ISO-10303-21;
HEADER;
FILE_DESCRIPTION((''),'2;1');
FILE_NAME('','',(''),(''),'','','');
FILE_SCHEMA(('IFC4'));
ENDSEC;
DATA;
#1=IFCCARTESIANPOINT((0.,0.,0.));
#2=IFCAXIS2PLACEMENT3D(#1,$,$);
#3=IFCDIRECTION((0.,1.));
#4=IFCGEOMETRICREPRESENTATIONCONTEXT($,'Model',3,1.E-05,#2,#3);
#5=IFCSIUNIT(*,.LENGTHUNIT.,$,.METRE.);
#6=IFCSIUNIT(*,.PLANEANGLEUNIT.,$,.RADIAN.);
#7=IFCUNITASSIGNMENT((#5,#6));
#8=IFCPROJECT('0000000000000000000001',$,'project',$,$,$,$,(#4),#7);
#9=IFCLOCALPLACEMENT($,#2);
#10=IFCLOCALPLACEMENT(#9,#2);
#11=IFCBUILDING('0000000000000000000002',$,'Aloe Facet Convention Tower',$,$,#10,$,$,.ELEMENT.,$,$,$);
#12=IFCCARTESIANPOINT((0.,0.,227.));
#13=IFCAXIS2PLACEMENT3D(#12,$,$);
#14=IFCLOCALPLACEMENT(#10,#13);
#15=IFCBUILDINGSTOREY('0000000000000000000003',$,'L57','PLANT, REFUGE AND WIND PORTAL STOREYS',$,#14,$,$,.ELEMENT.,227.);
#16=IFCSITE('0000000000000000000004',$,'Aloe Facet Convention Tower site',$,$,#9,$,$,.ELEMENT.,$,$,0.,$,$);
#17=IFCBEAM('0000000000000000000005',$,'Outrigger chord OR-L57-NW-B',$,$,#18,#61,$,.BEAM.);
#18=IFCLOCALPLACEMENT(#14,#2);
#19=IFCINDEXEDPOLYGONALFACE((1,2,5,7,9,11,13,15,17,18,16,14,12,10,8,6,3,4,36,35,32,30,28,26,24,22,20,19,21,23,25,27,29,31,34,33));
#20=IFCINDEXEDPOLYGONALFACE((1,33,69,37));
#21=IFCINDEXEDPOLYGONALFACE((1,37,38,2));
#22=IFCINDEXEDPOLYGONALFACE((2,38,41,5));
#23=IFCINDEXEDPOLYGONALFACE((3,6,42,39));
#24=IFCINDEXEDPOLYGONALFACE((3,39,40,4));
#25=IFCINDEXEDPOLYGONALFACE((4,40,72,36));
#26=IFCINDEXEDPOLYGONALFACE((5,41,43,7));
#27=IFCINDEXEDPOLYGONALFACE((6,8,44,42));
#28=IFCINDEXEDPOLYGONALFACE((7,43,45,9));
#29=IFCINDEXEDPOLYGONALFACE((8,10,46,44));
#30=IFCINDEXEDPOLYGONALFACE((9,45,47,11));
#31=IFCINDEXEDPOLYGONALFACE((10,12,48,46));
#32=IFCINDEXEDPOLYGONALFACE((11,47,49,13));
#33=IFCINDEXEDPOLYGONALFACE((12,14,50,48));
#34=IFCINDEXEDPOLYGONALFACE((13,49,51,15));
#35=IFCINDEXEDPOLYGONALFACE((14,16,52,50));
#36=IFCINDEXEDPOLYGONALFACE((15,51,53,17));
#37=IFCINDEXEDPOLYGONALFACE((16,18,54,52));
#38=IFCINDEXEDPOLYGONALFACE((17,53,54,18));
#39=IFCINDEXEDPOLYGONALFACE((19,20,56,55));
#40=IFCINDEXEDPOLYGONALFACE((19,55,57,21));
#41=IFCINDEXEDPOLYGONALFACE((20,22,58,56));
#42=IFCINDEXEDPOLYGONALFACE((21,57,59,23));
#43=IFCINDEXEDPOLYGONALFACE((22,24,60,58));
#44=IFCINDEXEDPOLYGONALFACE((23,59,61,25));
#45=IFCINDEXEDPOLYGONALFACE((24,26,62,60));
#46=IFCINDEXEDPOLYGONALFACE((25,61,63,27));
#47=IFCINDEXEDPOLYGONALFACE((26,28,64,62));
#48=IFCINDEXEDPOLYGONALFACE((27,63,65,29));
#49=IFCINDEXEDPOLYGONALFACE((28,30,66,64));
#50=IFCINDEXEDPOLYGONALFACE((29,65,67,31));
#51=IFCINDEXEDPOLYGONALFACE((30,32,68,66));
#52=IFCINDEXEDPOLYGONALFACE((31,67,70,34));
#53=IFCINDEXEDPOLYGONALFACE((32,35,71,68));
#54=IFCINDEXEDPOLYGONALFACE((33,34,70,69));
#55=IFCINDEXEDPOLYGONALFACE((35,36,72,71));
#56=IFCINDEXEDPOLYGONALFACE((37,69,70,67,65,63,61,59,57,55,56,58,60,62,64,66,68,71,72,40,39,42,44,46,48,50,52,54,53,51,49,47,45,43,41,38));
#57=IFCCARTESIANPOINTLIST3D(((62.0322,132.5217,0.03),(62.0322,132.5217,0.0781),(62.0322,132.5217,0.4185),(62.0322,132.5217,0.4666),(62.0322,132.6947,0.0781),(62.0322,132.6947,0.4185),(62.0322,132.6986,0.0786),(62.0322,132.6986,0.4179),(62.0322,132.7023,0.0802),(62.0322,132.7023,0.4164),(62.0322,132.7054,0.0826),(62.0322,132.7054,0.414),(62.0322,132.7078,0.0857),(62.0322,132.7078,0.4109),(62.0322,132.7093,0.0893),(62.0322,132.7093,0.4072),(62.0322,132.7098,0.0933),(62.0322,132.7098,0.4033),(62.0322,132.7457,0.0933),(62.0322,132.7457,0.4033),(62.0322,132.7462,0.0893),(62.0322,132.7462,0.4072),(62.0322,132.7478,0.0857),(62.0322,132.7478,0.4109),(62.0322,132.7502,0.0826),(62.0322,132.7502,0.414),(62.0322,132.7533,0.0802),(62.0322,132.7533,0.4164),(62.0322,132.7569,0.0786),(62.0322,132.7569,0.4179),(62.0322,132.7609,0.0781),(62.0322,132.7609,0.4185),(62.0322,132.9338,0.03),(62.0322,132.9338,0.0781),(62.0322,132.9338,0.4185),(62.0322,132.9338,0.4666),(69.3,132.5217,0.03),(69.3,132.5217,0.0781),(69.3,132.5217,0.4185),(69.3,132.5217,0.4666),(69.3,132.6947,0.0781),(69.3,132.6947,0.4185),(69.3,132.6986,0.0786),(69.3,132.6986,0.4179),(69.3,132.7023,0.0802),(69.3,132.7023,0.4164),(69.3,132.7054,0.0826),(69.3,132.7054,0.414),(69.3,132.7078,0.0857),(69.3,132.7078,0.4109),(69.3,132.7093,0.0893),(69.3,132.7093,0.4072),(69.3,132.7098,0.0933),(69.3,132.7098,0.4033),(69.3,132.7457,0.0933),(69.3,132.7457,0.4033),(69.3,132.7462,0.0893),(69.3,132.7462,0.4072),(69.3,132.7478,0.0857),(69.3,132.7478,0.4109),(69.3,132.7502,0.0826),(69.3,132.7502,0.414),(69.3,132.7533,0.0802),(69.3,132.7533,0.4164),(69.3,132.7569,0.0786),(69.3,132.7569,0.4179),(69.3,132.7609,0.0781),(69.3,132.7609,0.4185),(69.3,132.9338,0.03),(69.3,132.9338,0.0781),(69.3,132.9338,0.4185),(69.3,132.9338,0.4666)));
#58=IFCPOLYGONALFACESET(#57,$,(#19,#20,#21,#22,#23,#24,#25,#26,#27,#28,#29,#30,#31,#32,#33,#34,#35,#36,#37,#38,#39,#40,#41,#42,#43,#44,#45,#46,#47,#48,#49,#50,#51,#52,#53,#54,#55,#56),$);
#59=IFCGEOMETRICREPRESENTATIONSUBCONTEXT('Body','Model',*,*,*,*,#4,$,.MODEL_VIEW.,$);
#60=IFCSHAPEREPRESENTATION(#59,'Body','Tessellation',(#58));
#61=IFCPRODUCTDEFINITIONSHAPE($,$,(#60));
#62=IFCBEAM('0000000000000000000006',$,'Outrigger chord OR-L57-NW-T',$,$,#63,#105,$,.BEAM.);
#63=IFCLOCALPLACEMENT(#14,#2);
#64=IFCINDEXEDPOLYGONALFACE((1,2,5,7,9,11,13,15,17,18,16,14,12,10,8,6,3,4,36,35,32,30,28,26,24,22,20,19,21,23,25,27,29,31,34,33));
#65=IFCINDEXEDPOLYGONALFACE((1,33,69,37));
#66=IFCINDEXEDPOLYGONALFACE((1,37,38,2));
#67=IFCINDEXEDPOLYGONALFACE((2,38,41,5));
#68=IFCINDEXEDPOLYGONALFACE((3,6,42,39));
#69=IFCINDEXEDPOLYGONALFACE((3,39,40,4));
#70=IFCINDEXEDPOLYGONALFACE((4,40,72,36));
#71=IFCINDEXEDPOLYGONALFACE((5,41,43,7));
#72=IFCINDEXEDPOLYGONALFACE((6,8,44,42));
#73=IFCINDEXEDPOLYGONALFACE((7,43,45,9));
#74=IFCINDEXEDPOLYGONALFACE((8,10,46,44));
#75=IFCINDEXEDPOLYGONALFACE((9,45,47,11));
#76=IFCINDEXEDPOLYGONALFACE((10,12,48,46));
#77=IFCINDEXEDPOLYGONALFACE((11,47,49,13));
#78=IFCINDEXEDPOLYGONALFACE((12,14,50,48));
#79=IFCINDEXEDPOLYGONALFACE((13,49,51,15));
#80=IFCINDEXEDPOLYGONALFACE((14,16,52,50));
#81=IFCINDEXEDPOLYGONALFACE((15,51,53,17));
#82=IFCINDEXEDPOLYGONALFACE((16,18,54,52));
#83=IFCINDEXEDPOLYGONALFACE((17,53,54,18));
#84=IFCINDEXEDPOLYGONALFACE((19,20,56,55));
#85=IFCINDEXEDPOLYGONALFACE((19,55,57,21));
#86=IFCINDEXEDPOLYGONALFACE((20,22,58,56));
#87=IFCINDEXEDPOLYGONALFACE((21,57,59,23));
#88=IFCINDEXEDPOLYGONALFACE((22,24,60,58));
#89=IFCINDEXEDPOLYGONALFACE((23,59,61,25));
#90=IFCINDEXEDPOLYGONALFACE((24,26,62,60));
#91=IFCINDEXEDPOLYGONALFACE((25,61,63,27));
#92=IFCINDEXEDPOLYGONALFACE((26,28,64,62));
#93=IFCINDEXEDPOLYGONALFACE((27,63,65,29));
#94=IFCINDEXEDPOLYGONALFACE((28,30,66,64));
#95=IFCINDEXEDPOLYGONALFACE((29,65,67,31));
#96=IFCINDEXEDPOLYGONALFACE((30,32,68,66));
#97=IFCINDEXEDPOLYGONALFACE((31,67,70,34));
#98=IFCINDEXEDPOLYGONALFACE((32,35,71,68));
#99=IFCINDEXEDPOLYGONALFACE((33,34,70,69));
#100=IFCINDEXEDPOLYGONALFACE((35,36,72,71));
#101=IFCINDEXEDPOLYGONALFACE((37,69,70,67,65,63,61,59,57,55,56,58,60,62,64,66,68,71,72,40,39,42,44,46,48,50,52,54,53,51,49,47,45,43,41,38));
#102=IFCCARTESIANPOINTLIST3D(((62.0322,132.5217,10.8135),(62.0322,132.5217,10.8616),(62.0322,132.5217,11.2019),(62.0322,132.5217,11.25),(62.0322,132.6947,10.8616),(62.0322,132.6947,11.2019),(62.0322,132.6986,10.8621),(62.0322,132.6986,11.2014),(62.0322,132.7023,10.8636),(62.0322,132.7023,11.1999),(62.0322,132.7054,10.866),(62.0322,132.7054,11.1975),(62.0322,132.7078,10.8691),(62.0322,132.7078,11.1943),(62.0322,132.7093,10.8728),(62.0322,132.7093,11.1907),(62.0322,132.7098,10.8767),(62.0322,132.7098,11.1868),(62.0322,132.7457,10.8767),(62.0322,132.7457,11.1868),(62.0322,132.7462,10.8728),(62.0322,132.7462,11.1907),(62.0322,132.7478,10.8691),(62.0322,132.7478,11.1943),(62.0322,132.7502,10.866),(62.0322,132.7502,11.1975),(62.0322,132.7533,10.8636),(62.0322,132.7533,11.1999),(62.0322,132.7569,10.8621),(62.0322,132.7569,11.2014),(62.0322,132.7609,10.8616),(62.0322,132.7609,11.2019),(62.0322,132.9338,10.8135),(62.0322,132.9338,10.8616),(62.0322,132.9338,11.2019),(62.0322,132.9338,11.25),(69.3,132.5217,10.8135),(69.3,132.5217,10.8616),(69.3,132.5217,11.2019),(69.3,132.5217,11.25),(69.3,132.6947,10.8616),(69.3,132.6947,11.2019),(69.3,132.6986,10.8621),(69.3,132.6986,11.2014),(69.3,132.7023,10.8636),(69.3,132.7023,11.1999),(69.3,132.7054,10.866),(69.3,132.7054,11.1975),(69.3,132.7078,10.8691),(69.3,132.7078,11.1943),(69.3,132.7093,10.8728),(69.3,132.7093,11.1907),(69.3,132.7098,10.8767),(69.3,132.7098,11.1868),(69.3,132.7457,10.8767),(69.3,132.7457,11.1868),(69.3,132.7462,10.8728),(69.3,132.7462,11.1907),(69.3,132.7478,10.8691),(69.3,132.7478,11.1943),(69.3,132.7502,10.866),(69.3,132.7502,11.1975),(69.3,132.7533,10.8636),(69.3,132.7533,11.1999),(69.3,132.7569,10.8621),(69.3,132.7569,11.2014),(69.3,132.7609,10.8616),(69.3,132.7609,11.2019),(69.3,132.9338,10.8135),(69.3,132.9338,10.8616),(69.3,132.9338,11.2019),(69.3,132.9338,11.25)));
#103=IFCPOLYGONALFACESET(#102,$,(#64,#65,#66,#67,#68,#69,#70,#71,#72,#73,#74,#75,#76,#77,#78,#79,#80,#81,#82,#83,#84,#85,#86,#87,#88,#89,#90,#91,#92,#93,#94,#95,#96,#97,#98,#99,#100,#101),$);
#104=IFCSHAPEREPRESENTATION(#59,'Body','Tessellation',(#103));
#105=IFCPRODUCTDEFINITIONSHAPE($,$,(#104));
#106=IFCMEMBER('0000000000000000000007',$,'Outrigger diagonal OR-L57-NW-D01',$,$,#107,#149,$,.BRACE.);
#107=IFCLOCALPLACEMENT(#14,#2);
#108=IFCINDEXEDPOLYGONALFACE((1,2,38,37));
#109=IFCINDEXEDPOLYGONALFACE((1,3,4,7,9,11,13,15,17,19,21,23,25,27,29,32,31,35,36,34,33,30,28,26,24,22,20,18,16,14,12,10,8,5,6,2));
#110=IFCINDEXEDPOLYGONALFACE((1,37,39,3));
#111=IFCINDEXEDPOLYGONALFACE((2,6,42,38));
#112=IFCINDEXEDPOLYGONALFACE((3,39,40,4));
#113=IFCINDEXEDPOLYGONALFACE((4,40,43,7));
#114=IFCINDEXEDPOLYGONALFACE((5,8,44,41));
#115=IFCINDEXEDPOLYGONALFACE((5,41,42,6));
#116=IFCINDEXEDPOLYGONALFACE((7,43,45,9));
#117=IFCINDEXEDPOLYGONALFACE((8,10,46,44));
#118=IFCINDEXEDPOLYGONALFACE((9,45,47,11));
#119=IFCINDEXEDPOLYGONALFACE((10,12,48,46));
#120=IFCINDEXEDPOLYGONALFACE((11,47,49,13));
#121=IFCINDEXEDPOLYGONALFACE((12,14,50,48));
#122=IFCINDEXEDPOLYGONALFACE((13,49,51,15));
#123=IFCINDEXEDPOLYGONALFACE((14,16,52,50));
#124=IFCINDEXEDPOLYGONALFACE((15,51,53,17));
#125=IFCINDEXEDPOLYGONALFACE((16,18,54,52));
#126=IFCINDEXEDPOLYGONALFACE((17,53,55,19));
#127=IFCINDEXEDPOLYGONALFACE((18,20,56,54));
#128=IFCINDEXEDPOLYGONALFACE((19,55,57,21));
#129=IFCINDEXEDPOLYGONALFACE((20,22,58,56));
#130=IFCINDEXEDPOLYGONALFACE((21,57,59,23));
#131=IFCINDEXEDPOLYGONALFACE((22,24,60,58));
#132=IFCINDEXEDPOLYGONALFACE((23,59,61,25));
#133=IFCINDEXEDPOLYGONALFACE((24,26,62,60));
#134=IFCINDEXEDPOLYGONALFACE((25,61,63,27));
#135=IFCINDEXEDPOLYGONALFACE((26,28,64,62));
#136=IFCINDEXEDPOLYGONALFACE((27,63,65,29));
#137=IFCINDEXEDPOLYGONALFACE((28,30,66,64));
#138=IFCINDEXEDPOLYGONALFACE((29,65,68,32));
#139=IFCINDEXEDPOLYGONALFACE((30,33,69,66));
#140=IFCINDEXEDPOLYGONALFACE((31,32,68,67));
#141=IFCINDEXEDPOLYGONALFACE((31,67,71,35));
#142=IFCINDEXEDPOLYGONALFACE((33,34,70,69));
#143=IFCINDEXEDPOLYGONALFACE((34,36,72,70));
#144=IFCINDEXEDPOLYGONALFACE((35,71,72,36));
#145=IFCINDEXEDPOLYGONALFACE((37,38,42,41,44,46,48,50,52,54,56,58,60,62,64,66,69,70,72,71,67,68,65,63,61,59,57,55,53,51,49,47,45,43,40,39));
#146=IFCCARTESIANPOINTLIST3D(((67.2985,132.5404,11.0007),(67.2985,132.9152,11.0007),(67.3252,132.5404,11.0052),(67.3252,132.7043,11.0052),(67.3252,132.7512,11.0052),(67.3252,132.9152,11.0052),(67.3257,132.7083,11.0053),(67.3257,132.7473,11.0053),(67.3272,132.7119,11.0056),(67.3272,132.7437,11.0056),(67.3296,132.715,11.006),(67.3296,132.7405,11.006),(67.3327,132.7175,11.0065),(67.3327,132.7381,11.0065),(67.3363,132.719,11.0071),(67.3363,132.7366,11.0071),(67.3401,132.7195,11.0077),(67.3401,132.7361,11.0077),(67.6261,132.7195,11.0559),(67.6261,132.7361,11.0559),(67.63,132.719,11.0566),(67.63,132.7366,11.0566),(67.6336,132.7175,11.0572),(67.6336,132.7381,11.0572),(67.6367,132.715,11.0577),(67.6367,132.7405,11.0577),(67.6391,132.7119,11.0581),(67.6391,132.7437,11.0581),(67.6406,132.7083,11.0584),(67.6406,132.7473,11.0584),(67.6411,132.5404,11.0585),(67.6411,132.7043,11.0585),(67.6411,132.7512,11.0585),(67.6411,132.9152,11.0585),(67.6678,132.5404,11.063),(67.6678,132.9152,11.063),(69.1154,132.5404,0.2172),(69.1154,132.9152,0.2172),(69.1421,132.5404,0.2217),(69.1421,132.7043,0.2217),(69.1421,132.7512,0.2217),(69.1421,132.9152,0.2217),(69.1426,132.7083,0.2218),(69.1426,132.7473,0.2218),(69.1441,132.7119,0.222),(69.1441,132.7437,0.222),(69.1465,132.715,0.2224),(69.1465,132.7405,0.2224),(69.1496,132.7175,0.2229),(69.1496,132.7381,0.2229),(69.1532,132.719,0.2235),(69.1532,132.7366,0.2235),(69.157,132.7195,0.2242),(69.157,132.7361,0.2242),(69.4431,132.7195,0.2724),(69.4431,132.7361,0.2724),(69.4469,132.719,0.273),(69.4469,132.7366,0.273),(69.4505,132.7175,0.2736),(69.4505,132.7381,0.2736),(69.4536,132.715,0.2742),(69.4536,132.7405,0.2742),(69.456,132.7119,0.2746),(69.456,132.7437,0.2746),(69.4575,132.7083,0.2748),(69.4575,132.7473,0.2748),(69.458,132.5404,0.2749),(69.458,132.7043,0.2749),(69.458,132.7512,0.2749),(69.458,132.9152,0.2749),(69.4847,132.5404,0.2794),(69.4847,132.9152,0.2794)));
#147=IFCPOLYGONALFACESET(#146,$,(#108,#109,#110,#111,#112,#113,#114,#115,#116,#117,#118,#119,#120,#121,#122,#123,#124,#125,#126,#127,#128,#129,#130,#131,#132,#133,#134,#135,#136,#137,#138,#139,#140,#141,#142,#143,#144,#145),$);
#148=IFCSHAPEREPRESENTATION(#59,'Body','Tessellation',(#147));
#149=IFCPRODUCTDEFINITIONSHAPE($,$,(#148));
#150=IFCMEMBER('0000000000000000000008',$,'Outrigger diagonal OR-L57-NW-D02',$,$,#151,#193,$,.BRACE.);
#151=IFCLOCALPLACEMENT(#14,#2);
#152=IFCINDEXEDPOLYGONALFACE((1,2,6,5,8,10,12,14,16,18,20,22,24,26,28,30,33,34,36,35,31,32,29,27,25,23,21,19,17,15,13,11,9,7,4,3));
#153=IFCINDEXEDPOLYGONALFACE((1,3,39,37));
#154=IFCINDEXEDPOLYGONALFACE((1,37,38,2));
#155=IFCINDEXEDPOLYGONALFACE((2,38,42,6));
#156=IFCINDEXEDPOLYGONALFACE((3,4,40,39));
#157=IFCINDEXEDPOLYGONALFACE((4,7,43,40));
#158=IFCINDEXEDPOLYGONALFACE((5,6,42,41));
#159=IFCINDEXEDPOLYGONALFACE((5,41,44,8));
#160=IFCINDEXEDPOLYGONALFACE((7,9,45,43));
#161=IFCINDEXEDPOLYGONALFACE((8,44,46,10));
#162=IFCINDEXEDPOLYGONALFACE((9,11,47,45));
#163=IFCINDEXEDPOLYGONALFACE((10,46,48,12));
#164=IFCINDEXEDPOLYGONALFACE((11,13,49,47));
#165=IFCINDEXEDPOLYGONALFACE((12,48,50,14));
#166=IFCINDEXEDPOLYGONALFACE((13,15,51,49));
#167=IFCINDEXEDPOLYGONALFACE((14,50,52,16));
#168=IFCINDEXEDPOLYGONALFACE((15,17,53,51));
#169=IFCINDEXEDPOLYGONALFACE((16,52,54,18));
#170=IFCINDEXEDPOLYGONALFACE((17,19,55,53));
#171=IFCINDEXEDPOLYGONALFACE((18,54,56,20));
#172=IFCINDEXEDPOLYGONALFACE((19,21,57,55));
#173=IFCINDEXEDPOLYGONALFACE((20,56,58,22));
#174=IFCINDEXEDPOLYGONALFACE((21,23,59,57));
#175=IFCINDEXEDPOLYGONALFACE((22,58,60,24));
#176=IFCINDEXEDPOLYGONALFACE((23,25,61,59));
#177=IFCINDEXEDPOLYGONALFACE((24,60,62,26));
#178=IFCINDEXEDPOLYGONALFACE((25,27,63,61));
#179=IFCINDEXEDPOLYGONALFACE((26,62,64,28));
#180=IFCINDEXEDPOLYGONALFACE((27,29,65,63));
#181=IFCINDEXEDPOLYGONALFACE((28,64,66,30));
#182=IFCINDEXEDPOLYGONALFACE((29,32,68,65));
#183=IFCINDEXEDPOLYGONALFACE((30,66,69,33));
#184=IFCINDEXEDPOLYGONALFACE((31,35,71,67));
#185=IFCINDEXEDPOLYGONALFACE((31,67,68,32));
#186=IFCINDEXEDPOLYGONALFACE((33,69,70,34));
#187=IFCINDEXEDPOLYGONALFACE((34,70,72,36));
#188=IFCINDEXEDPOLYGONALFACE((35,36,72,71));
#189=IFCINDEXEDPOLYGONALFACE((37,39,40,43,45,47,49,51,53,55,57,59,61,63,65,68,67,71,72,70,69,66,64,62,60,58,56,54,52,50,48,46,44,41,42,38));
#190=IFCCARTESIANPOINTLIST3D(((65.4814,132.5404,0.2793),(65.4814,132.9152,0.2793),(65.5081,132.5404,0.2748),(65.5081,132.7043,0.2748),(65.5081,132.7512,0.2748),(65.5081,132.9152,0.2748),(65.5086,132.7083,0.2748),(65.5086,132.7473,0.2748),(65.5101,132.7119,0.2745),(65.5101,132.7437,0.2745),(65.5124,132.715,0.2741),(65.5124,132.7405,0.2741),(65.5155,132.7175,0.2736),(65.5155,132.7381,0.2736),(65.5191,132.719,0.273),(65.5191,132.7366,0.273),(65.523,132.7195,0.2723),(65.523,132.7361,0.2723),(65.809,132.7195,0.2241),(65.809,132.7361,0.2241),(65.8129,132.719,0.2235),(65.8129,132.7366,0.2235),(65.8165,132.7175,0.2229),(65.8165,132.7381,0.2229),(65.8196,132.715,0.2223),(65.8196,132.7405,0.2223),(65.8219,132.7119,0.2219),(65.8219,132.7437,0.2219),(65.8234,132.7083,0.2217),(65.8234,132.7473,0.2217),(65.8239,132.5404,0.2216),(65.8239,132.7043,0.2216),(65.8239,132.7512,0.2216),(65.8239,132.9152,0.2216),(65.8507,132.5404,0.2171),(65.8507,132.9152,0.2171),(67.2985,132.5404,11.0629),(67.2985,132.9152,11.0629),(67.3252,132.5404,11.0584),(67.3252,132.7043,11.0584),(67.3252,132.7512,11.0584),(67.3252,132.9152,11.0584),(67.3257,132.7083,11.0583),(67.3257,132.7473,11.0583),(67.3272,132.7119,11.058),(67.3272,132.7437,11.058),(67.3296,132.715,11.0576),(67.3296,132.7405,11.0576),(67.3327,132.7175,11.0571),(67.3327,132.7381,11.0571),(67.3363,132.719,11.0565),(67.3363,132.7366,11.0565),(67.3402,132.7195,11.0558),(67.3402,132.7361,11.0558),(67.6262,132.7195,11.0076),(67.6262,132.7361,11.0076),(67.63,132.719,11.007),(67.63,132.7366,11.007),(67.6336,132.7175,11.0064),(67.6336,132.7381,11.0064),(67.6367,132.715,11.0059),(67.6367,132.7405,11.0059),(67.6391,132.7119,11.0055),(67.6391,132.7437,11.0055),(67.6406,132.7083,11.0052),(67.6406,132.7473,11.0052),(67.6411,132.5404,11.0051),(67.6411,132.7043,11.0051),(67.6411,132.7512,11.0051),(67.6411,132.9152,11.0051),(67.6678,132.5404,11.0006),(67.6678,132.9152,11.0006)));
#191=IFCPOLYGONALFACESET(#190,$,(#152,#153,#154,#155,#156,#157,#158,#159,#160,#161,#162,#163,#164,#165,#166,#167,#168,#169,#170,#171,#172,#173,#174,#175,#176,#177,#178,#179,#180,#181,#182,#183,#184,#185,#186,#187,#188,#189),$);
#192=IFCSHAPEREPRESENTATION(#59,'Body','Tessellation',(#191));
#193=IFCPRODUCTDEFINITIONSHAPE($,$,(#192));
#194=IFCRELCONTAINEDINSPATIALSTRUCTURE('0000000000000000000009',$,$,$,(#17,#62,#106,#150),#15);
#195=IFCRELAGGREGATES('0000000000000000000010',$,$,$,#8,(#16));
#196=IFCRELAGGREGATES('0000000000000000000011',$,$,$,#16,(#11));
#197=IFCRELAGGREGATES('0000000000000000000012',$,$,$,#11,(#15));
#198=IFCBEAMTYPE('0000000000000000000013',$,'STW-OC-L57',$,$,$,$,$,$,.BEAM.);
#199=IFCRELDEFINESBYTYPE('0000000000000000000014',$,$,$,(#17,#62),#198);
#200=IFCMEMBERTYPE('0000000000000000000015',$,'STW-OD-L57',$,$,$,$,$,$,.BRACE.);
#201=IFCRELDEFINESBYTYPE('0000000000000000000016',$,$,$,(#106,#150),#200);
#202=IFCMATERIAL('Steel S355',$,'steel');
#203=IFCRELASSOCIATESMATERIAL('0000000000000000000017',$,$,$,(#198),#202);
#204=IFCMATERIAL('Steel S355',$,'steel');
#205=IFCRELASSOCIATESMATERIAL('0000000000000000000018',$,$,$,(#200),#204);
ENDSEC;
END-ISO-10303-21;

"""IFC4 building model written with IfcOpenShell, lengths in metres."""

from ifc_helpers import new_model, si_unit, direction, frame, origin, origin_2d, place, context, subcontext, project, spatial, i_section, extrude, material, material_profile, profile_set, type_object, element, save


model = new_model("IFC4")

# Units and contexts
model_context = context("Model", 3, precision=1e-05, world=origin(), true_north=direction((0.0, 1.0)))
body_context = subcontext(model_context, "Body", "Model", "MODEL_VIEW")
ifc_project = project(units=[si_unit("LENGTHUNIT", "METRE"), si_unit("PLANEANGLEUNIT", "RADIAN")], contexts=[model_context])

# Site, building, storey
site_placement = place(None, origin())
site = spatial("IfcSite", under=ifc_project, at=site_placement, Name="Aloe Facet Convention Tower site", CompositionType="ELEMENT", RefElevation=0.0)
building_placement = place(site_placement, origin())
building = spatial("IfcBuilding", under=site, at=building_placement, Name="Aloe Facet Convention Tower", CompositionType="ELEMENT")
storey_placement = place(building_placement, frame((0.0, 0.0, 227.0)))
storey = spatial("IfcBuildingStorey", under=building, at=storey_placement, Name="L57", Description="PLANT, REFUGE AND WIND PORTAL STOREYS", CompositionType="ELEMENT", Elevation=227.0)

# Beams
ifc_material_1 = material(Name="Steel S355", Category="steel")
ifc_material_profile_1 = material_profile(ifc_material_1, i_section(OverallWidth=0.4121, OverallDepth=0.4365, WebThickness=0.0359, FlangeThickness=0.0481, FilletRadius=0.0151, at=origin_2d()), Name="UC 356x406x467")
ifc_profile_set_1 = profile_set([ifc_material_profile_1], Name="Steel S355")
beam_type_1 = type_object("IfcBeamType", Name="STW-OC-L57", PredefinedType="BEAM", material=ifc_profile_set_1)
for number, where, z_axis, x_axis, name in (
    (1, (69.3, 132.7278, 0.2483), (-1.0, 0.0, 0.0), (0.0, -1.0, 0.0), "Outrigger chord OR-L57-NW-B"),
    (2, (69.3, 132.7278, 11.0317), (-1.0, 0.0, 0.0), (0.0, -1.0, 0.0), "Outrigger chord OR-L57-NW-T"),
):
    element("IfcBeam", number, at=place(storey_placement, frame(where, z_axis=z_axis, x_axis=x_axis)), inside=storey, type_object=beam_type_1, Name=name, PredefinedType="BEAM", context=body_context, shape_type="SweptSolid", body=[
        extrude(i_section(OverallWidth=0.4121, OverallDepth=0.4365, WebThickness=0.0359, FlangeThickness=0.0481, FilletRadius=0.0151, at=origin_2d()), origin(), (0.0, 0.0, 1.0), 7.2678),
    ])

# Members
ifc_material_2 = material(Name="Steel S355", Category="steel")
ifc_material_profile_2 = material_profile(ifc_material_2, i_section(OverallWidth=0.3748, OverallDepth=0.3745, WebThickness=0.0166, FlangeThickness=0.0271, FilletRadius=0.0151, at=origin_2d()), Name="UC 356x368x202")
ifc_profile_set_2 = profile_set([ifc_material_profile_2], Name="Steel S355")
member_type_1 = type_object("IfcMemberType", Name="STW-OD-L57", PredefinedType="BRACE", material=ifc_profile_set_2)
for number, where, z_axis, x_axis, name in (
    (3, (69.3, 132.7278, 0.2483), (-0.166147, 0.0, 0.986101), (0.0, -1.0, 0.0), "Outrigger diagonal OR-L57-NW-D01"),
    (4, (67.4832, 132.7278, 11.0317), (-0.166169, 0.0, -0.986097), (0.0, -1.0, 0.0), "Outrigger diagonal OR-L57-NW-D02"),
):
    element("IfcMember", number, at=place(storey_placement, frame(where, z_axis=z_axis, x_axis=x_axis)), inside=storey, type_object=member_type_1, Name=name, PredefinedType="BRACE", context=body_context, shape_type="SweptSolid", body=[
        extrude(i_section(OverallWidth=0.3748, OverallDepth=0.3745, WebThickness=0.0166, FlangeThickness=0.0271, FilletRadius=0.0151, at=origin_2d()), origin(), (0.0, 0.0, 1.0), 10.9355),
    ])

save(model, "model.ifc")
